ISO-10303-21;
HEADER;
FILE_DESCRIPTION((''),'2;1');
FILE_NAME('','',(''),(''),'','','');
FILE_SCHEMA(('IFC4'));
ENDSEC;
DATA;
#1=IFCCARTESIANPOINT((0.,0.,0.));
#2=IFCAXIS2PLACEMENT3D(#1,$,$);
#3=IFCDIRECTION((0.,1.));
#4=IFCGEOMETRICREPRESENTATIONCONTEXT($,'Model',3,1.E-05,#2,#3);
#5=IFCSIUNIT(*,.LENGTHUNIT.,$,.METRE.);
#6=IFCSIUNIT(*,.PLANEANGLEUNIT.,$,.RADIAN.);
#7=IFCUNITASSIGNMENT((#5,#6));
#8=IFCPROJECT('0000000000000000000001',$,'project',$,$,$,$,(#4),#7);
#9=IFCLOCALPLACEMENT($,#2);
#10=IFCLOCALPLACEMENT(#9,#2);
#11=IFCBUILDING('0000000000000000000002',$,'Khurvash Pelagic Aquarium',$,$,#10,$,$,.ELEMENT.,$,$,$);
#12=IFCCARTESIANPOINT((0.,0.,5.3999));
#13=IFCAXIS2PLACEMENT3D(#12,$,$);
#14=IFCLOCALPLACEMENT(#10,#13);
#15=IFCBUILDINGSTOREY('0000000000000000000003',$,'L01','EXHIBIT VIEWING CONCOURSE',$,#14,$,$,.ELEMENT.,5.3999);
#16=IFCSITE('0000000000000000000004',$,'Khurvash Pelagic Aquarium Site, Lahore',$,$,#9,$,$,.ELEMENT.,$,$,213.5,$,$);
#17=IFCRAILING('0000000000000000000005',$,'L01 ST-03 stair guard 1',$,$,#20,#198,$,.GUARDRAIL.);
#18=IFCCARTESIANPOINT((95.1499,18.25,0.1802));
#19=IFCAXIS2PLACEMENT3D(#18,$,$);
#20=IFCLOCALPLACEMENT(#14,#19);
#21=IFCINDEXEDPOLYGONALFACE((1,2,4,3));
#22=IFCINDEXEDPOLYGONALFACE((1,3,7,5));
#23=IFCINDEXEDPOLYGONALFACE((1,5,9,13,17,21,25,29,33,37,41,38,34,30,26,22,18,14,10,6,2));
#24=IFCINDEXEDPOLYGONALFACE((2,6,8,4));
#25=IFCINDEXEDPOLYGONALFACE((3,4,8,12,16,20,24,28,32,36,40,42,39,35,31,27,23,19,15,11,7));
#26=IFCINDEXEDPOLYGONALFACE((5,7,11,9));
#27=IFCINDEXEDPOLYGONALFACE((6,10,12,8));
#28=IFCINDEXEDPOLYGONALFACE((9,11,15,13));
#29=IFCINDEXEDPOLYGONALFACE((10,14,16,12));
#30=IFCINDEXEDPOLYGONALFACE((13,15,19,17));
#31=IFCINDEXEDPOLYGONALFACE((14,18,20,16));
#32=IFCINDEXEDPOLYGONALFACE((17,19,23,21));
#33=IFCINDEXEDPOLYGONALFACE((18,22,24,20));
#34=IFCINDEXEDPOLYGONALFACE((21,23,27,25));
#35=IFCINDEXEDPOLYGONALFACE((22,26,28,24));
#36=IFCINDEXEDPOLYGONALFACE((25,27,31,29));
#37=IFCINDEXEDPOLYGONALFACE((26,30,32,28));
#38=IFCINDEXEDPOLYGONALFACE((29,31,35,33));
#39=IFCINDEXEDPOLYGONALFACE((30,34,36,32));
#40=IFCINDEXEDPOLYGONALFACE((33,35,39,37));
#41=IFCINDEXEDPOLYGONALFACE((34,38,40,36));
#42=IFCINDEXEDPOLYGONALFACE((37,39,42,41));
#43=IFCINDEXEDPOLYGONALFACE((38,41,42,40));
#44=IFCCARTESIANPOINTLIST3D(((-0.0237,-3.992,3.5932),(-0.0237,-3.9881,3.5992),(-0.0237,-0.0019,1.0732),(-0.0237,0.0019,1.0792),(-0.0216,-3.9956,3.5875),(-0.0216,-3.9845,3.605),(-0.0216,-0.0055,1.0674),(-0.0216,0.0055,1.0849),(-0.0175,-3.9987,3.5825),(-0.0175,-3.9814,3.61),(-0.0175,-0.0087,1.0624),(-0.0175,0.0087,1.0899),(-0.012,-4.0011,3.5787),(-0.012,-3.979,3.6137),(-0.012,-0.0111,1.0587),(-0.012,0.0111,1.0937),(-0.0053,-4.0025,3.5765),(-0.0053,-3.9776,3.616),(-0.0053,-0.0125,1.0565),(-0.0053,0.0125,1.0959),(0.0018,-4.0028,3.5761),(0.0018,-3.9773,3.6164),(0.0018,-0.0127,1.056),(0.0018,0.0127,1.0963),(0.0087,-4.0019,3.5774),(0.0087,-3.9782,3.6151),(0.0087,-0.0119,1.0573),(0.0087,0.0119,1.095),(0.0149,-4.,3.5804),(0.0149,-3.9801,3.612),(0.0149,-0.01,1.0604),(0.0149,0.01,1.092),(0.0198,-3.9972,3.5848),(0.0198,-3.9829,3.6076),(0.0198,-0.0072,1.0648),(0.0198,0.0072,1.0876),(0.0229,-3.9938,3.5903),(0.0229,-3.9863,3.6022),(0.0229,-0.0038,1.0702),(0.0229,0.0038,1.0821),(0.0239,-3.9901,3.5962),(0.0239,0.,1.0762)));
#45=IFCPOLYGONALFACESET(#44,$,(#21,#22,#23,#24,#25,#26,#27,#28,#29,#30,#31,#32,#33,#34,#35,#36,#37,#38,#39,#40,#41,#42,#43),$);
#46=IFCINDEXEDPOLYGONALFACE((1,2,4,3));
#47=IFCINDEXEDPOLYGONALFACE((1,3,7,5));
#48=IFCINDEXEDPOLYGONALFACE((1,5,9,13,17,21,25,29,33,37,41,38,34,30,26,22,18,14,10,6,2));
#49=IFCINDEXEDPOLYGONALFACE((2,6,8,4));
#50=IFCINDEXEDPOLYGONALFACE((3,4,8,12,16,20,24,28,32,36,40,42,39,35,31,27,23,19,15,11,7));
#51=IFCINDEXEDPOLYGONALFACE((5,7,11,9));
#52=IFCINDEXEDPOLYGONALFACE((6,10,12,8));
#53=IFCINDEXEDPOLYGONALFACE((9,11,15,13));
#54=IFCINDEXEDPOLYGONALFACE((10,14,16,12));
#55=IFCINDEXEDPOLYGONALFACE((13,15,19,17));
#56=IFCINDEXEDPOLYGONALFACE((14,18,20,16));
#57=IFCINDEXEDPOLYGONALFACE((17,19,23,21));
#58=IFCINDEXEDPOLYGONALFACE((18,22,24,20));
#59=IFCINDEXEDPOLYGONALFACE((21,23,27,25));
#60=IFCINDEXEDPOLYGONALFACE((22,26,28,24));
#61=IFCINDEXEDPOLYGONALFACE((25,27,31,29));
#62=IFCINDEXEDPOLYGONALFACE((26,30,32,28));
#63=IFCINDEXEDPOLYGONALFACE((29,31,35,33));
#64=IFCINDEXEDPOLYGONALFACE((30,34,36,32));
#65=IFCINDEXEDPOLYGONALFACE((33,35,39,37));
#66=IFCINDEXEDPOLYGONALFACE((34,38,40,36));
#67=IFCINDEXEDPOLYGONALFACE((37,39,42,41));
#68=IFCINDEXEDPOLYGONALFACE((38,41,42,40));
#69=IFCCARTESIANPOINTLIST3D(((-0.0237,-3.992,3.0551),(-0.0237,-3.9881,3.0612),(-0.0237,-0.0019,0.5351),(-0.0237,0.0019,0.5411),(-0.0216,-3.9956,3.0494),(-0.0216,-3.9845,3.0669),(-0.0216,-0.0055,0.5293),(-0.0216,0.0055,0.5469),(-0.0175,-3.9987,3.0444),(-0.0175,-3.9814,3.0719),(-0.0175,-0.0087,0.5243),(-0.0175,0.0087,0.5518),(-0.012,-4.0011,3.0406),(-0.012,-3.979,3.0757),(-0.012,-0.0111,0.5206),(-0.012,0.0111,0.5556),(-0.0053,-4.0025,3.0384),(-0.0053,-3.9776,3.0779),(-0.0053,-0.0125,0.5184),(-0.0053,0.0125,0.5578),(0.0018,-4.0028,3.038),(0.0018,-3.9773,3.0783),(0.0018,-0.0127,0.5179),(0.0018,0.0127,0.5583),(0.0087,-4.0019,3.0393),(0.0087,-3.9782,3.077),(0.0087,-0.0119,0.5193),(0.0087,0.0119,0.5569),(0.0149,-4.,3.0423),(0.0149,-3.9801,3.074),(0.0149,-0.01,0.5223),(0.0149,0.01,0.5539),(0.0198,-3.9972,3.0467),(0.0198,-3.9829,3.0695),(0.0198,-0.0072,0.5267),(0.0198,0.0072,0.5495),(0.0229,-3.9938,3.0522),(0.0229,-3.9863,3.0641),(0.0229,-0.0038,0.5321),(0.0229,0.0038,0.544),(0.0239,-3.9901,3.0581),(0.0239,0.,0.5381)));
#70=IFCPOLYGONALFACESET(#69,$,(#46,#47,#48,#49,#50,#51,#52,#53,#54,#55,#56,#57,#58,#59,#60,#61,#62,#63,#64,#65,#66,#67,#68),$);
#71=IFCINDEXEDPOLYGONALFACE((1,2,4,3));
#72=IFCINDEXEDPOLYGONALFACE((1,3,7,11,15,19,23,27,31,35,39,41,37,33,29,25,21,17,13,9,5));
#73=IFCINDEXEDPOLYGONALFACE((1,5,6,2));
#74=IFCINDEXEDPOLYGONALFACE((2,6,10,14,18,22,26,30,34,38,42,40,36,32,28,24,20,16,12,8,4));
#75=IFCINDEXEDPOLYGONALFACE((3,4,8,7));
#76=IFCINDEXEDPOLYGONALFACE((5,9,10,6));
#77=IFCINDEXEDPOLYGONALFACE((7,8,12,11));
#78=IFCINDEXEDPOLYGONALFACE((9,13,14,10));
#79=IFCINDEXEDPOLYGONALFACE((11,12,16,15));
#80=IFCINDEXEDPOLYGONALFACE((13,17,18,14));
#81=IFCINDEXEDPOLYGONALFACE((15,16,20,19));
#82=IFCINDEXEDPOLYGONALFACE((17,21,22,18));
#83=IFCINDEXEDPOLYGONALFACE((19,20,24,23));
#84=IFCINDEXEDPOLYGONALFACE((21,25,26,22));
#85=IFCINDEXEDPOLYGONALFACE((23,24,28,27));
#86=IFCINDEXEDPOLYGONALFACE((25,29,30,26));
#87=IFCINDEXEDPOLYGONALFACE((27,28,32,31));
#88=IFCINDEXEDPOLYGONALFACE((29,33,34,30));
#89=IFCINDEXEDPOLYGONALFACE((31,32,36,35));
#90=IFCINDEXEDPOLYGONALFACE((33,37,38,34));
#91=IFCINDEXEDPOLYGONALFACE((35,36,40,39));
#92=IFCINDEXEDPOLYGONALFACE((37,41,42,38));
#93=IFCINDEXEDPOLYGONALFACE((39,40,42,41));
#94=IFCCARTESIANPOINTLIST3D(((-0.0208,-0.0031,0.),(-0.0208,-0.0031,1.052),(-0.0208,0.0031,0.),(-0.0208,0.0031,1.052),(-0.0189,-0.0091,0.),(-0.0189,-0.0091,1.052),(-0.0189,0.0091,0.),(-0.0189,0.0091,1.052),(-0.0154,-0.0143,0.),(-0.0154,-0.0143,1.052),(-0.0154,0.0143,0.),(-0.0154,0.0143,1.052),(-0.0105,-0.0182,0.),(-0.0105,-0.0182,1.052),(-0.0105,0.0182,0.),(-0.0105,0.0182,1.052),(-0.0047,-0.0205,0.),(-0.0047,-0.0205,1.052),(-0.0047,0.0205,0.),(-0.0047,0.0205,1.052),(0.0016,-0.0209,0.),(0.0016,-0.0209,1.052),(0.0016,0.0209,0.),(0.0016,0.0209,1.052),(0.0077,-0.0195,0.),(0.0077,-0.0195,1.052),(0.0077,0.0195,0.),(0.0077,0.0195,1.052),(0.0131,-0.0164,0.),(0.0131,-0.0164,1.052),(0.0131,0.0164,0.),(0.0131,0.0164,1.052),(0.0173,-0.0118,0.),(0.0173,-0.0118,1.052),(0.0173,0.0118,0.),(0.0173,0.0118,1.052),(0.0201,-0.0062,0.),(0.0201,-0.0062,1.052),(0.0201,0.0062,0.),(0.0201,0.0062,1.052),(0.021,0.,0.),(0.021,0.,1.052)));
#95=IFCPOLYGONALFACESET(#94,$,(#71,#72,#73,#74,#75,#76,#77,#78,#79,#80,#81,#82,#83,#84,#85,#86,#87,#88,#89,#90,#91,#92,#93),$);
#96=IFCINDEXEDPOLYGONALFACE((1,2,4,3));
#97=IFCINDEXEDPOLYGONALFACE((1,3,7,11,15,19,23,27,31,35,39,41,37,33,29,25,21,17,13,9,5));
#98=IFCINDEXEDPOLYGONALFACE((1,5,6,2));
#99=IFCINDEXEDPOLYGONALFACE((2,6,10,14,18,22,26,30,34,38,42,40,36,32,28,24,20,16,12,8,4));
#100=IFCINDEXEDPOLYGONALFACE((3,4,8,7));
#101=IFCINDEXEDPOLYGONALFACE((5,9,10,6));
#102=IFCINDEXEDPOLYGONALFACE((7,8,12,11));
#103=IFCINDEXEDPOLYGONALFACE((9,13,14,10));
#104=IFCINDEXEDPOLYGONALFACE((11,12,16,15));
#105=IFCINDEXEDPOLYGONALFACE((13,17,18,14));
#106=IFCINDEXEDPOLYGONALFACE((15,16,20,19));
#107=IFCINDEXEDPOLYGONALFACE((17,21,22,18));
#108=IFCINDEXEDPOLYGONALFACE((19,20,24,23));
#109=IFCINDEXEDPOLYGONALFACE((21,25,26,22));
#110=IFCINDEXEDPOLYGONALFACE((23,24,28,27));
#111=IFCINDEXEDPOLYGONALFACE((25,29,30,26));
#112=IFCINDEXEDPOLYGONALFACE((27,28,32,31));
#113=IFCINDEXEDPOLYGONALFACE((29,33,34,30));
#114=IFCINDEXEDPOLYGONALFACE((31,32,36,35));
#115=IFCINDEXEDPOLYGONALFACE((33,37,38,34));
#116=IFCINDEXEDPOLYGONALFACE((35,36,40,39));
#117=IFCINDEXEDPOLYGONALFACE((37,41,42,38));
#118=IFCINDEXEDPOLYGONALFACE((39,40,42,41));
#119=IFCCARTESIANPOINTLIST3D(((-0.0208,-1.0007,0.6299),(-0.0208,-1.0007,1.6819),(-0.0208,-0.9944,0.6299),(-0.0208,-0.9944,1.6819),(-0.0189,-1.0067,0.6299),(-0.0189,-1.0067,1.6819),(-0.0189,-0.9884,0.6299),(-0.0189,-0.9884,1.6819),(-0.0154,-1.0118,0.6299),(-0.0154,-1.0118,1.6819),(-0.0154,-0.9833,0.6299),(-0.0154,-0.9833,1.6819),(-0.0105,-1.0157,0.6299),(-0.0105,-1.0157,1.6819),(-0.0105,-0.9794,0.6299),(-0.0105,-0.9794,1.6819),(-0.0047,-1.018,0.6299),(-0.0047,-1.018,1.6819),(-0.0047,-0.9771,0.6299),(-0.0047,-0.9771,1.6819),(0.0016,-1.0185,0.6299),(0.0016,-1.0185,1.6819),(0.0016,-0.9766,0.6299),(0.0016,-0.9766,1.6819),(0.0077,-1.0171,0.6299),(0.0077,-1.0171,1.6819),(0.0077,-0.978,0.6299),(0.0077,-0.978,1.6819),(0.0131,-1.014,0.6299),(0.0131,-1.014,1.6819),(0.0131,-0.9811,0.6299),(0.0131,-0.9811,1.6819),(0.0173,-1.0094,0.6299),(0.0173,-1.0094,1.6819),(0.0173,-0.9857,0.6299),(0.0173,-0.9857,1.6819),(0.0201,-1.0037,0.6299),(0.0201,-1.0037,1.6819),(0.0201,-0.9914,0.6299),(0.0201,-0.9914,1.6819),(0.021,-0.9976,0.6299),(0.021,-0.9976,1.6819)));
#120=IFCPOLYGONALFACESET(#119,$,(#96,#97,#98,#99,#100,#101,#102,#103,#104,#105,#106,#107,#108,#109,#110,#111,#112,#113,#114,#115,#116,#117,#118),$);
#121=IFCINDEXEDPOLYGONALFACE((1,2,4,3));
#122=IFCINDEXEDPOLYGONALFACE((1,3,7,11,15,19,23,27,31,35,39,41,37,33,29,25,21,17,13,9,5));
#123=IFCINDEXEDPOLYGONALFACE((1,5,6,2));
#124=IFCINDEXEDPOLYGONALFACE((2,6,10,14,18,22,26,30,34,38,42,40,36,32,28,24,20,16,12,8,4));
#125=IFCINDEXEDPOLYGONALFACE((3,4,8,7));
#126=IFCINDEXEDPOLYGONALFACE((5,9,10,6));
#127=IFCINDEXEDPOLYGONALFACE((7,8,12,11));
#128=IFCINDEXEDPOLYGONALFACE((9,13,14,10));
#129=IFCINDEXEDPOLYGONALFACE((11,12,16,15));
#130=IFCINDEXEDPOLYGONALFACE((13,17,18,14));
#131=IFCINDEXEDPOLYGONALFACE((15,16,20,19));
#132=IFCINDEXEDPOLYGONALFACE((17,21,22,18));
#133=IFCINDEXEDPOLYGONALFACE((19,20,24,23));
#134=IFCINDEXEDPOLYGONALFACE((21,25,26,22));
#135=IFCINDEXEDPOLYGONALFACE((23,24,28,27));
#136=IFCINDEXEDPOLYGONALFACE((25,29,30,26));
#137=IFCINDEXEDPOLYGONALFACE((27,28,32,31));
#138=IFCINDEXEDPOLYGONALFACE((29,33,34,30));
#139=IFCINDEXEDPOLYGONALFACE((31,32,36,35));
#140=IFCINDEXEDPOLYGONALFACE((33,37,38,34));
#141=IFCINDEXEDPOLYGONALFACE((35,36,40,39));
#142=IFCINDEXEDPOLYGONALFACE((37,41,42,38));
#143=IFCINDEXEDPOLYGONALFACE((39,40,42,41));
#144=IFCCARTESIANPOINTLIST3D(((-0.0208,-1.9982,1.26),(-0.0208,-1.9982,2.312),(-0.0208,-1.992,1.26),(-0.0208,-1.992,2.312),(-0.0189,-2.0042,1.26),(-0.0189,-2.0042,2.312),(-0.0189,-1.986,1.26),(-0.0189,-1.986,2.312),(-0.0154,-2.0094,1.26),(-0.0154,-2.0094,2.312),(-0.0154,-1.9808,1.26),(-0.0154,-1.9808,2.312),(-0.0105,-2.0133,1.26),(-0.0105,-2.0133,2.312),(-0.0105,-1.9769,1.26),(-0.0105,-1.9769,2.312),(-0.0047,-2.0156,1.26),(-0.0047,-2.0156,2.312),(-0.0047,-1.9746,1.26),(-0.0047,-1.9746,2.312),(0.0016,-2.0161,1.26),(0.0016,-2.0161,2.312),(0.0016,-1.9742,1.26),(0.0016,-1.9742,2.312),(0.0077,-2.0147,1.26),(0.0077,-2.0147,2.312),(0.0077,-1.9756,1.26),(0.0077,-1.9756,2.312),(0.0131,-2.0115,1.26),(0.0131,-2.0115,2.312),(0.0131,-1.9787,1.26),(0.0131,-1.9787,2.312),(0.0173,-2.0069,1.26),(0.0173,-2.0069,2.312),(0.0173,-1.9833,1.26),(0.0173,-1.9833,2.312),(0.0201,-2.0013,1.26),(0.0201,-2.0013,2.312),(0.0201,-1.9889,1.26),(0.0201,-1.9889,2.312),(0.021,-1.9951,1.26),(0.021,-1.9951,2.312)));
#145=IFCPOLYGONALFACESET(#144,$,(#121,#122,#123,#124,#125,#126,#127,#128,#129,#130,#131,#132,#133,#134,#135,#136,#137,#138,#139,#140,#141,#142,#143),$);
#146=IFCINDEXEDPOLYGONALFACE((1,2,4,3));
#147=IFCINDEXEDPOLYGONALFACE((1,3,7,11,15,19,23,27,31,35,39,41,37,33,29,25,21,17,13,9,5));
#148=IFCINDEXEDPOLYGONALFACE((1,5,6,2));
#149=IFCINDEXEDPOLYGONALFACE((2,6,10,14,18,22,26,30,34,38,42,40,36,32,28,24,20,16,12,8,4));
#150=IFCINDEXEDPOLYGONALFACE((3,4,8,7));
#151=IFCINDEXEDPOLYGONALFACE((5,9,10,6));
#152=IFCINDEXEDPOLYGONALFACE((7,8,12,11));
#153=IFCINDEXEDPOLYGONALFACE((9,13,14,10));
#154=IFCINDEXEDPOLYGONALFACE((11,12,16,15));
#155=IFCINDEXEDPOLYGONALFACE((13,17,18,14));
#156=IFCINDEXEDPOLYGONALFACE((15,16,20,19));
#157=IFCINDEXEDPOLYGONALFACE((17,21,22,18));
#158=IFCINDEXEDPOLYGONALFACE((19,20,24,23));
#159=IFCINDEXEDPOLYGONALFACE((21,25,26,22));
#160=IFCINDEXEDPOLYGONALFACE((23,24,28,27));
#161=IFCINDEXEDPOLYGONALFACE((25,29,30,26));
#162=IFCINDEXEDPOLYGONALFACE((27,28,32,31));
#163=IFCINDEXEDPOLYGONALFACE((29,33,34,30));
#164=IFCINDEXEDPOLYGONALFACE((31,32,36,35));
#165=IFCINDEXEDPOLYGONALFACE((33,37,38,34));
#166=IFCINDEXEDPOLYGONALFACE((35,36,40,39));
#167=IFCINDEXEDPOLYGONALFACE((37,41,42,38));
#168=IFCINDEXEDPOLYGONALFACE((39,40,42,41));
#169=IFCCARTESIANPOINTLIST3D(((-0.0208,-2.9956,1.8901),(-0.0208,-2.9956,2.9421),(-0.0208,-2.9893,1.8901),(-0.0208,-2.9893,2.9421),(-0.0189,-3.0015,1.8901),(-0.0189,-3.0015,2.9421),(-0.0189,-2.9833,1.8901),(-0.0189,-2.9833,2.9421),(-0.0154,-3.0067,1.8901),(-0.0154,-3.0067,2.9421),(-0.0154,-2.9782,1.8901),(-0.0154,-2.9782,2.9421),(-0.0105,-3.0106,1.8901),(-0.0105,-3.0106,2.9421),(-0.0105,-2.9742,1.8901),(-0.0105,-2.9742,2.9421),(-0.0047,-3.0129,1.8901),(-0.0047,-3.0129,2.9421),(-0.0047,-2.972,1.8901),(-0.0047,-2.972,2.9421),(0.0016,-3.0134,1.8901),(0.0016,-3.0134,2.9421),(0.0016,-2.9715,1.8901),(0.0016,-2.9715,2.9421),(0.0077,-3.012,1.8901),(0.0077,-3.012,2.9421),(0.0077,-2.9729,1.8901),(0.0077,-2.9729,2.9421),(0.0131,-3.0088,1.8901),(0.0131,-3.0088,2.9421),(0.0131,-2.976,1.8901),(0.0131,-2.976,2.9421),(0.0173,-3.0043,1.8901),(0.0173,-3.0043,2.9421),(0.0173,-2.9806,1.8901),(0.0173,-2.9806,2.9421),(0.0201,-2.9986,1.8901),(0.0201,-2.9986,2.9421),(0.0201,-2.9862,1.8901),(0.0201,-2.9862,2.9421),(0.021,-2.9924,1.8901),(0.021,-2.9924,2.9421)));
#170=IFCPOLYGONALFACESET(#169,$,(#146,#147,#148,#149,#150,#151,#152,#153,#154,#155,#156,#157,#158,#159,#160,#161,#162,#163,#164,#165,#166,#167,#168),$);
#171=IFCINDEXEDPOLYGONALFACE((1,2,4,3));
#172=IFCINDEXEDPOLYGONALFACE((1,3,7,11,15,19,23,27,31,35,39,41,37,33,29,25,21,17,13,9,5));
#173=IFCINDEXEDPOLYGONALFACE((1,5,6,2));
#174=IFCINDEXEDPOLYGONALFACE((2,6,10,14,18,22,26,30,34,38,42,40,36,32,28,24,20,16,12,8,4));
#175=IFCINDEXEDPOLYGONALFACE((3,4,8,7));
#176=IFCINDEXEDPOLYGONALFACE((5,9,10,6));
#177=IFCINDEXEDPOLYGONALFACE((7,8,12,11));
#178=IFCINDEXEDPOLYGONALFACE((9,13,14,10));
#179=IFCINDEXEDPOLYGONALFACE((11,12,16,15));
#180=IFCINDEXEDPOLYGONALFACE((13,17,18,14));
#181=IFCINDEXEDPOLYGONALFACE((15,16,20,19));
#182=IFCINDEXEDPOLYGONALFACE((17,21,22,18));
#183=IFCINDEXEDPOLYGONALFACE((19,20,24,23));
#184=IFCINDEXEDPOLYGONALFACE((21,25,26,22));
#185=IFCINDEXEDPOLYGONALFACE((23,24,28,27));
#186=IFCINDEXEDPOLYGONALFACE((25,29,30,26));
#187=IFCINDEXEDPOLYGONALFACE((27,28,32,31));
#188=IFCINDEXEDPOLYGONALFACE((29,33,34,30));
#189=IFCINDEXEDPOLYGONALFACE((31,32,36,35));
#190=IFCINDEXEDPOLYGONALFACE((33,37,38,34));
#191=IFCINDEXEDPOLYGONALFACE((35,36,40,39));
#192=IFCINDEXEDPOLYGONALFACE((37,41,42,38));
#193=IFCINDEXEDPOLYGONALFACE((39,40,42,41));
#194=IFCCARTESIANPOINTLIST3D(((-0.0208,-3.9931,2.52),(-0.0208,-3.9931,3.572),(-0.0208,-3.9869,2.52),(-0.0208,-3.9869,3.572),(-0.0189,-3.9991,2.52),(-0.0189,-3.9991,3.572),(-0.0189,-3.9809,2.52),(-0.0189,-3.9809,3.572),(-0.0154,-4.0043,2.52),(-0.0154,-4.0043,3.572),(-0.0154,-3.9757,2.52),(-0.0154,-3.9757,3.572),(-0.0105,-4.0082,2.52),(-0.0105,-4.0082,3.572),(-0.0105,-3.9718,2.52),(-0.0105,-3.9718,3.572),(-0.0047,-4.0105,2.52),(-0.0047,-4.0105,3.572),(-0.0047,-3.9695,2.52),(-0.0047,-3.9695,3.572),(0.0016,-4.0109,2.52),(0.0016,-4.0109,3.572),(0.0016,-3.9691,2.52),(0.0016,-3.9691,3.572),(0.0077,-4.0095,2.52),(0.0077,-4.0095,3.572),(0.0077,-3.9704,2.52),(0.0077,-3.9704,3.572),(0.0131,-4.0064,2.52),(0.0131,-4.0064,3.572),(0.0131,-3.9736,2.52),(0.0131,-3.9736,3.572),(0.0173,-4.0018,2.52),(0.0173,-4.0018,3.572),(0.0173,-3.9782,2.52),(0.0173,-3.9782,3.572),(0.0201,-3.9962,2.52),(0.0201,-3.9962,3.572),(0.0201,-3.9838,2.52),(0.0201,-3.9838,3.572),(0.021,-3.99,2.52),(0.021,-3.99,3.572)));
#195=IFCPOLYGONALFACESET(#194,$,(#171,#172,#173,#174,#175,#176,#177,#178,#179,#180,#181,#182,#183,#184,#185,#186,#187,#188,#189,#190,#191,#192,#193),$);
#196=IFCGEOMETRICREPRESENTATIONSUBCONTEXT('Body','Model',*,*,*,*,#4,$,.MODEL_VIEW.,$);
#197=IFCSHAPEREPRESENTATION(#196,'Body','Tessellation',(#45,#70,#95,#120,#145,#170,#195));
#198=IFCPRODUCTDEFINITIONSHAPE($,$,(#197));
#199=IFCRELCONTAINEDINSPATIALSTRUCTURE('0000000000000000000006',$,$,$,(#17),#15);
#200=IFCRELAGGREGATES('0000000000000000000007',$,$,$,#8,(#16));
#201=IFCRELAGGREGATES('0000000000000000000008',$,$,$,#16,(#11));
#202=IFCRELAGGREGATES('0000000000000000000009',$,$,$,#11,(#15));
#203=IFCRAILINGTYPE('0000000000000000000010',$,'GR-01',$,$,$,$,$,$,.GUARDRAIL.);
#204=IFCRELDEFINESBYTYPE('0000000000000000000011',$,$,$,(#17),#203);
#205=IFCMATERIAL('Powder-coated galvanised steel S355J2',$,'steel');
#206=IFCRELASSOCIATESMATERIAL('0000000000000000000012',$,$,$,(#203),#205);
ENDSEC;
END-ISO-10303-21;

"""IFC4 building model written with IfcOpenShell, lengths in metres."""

from ifc_helpers import new_model, si_unit, direction, frame, origin, origin_2d, place, context, subcontext, project, spatial, circle, extrude, material, type_object, element, save


model = new_model("IFC4")

# Units and contexts
model_context = context("Model", 3, precision=1e-05, world=origin(), true_north=direction((0.0, 1.0)))
body_context = subcontext(model_context, "Body", "Model", "MODEL_VIEW")
ifc_project = project(units=[si_unit("LENGTHUNIT", "METRE"), si_unit("PLANEANGLEUNIT", "RADIAN")], contexts=[model_context])

# Site, building, storey
site_placement = place(None, origin())
site = spatial("IfcSite", under=ifc_project, at=site_placement, Name="Khurvash Pelagic Aquarium Site, Lahore", CompositionType="ELEMENT", RefElevation=213.5)
building_placement = place(site_placement, origin())
building = spatial("IfcBuilding", under=site, at=building_placement, Name="Khurvash Pelagic Aquarium", CompositionType="ELEMENT")
storey_placement = place(building_placement, frame((0.0, 0.0, 5.3999)))
storey = spatial("IfcBuildingStorey", under=building, at=storey_placement, Name="L01", Description="EXHIBIT VIEWING CONCOURSE", CompositionType="ELEMENT", Elevation=5.3999)

# Railing
ifc_material_1 = material(Name="Powder-coated galvanised steel S355J2", Category="steel")
railing_type_1 = type_object("IfcRailingType", Name="GR-01", PredefinedType="GUARDRAIL", material=ifc_material_1)
railing_1_placement = place(storey_placement, frame((95.1499, 18.25, 0.1802)))
element("IfcRailing", 1, at=railing_1_placement, inside=storey, type_object=railing_type_1, Name="L01 ST-03 stair guard 1", PredefinedType="GUARDRAIL", context=body_context, shape_type="SweptSolid", body=[
    extrude(circle(Radius=0.0239, at=origin_2d()), frame((0.0, 0.0, 1.0762), z_axis=(0.0, -0.845486, 0.533997), x_axis=(1.0, 0.0, 0.0)), (0.0, 0.0, 1.0), 4.7192),
    extrude(circle(Radius=0.0239, at=origin_2d()), frame((0.0, 0.0, 0.5381), z_axis=(0.0, -0.845486, 0.533997), x_axis=(1.0, 0.0, 0.0)), (0.0, 0.0, 1.0), 4.7192),
    extrude(circle(Radius=0.021, at=origin_2d()), origin(), (0.0, 0.0, 1.0), 1.052),
    extrude(circle(Radius=0.021, at=origin_2d()), frame((0.0, -0.9976, 0.6299)), (0.0, 0.0, 1.0), 1.052),
    extrude(circle(Radius=0.021, at=origin_2d()), frame((0.0, -1.9951, 1.26)), (0.0, 0.0, 1.0), 1.052),
    extrude(circle(Radius=0.021, at=origin_2d()), frame((0.0, -2.9924, 1.8901)), (0.0, 0.0, 1.0), 1.052),
    extrude(circle(Radius=0.021, at=origin_2d()), frame((0.0, -3.99, 2.52)), (0.0, 0.0, 1.0), 1.052),
])

save(model, "model.ifc")
